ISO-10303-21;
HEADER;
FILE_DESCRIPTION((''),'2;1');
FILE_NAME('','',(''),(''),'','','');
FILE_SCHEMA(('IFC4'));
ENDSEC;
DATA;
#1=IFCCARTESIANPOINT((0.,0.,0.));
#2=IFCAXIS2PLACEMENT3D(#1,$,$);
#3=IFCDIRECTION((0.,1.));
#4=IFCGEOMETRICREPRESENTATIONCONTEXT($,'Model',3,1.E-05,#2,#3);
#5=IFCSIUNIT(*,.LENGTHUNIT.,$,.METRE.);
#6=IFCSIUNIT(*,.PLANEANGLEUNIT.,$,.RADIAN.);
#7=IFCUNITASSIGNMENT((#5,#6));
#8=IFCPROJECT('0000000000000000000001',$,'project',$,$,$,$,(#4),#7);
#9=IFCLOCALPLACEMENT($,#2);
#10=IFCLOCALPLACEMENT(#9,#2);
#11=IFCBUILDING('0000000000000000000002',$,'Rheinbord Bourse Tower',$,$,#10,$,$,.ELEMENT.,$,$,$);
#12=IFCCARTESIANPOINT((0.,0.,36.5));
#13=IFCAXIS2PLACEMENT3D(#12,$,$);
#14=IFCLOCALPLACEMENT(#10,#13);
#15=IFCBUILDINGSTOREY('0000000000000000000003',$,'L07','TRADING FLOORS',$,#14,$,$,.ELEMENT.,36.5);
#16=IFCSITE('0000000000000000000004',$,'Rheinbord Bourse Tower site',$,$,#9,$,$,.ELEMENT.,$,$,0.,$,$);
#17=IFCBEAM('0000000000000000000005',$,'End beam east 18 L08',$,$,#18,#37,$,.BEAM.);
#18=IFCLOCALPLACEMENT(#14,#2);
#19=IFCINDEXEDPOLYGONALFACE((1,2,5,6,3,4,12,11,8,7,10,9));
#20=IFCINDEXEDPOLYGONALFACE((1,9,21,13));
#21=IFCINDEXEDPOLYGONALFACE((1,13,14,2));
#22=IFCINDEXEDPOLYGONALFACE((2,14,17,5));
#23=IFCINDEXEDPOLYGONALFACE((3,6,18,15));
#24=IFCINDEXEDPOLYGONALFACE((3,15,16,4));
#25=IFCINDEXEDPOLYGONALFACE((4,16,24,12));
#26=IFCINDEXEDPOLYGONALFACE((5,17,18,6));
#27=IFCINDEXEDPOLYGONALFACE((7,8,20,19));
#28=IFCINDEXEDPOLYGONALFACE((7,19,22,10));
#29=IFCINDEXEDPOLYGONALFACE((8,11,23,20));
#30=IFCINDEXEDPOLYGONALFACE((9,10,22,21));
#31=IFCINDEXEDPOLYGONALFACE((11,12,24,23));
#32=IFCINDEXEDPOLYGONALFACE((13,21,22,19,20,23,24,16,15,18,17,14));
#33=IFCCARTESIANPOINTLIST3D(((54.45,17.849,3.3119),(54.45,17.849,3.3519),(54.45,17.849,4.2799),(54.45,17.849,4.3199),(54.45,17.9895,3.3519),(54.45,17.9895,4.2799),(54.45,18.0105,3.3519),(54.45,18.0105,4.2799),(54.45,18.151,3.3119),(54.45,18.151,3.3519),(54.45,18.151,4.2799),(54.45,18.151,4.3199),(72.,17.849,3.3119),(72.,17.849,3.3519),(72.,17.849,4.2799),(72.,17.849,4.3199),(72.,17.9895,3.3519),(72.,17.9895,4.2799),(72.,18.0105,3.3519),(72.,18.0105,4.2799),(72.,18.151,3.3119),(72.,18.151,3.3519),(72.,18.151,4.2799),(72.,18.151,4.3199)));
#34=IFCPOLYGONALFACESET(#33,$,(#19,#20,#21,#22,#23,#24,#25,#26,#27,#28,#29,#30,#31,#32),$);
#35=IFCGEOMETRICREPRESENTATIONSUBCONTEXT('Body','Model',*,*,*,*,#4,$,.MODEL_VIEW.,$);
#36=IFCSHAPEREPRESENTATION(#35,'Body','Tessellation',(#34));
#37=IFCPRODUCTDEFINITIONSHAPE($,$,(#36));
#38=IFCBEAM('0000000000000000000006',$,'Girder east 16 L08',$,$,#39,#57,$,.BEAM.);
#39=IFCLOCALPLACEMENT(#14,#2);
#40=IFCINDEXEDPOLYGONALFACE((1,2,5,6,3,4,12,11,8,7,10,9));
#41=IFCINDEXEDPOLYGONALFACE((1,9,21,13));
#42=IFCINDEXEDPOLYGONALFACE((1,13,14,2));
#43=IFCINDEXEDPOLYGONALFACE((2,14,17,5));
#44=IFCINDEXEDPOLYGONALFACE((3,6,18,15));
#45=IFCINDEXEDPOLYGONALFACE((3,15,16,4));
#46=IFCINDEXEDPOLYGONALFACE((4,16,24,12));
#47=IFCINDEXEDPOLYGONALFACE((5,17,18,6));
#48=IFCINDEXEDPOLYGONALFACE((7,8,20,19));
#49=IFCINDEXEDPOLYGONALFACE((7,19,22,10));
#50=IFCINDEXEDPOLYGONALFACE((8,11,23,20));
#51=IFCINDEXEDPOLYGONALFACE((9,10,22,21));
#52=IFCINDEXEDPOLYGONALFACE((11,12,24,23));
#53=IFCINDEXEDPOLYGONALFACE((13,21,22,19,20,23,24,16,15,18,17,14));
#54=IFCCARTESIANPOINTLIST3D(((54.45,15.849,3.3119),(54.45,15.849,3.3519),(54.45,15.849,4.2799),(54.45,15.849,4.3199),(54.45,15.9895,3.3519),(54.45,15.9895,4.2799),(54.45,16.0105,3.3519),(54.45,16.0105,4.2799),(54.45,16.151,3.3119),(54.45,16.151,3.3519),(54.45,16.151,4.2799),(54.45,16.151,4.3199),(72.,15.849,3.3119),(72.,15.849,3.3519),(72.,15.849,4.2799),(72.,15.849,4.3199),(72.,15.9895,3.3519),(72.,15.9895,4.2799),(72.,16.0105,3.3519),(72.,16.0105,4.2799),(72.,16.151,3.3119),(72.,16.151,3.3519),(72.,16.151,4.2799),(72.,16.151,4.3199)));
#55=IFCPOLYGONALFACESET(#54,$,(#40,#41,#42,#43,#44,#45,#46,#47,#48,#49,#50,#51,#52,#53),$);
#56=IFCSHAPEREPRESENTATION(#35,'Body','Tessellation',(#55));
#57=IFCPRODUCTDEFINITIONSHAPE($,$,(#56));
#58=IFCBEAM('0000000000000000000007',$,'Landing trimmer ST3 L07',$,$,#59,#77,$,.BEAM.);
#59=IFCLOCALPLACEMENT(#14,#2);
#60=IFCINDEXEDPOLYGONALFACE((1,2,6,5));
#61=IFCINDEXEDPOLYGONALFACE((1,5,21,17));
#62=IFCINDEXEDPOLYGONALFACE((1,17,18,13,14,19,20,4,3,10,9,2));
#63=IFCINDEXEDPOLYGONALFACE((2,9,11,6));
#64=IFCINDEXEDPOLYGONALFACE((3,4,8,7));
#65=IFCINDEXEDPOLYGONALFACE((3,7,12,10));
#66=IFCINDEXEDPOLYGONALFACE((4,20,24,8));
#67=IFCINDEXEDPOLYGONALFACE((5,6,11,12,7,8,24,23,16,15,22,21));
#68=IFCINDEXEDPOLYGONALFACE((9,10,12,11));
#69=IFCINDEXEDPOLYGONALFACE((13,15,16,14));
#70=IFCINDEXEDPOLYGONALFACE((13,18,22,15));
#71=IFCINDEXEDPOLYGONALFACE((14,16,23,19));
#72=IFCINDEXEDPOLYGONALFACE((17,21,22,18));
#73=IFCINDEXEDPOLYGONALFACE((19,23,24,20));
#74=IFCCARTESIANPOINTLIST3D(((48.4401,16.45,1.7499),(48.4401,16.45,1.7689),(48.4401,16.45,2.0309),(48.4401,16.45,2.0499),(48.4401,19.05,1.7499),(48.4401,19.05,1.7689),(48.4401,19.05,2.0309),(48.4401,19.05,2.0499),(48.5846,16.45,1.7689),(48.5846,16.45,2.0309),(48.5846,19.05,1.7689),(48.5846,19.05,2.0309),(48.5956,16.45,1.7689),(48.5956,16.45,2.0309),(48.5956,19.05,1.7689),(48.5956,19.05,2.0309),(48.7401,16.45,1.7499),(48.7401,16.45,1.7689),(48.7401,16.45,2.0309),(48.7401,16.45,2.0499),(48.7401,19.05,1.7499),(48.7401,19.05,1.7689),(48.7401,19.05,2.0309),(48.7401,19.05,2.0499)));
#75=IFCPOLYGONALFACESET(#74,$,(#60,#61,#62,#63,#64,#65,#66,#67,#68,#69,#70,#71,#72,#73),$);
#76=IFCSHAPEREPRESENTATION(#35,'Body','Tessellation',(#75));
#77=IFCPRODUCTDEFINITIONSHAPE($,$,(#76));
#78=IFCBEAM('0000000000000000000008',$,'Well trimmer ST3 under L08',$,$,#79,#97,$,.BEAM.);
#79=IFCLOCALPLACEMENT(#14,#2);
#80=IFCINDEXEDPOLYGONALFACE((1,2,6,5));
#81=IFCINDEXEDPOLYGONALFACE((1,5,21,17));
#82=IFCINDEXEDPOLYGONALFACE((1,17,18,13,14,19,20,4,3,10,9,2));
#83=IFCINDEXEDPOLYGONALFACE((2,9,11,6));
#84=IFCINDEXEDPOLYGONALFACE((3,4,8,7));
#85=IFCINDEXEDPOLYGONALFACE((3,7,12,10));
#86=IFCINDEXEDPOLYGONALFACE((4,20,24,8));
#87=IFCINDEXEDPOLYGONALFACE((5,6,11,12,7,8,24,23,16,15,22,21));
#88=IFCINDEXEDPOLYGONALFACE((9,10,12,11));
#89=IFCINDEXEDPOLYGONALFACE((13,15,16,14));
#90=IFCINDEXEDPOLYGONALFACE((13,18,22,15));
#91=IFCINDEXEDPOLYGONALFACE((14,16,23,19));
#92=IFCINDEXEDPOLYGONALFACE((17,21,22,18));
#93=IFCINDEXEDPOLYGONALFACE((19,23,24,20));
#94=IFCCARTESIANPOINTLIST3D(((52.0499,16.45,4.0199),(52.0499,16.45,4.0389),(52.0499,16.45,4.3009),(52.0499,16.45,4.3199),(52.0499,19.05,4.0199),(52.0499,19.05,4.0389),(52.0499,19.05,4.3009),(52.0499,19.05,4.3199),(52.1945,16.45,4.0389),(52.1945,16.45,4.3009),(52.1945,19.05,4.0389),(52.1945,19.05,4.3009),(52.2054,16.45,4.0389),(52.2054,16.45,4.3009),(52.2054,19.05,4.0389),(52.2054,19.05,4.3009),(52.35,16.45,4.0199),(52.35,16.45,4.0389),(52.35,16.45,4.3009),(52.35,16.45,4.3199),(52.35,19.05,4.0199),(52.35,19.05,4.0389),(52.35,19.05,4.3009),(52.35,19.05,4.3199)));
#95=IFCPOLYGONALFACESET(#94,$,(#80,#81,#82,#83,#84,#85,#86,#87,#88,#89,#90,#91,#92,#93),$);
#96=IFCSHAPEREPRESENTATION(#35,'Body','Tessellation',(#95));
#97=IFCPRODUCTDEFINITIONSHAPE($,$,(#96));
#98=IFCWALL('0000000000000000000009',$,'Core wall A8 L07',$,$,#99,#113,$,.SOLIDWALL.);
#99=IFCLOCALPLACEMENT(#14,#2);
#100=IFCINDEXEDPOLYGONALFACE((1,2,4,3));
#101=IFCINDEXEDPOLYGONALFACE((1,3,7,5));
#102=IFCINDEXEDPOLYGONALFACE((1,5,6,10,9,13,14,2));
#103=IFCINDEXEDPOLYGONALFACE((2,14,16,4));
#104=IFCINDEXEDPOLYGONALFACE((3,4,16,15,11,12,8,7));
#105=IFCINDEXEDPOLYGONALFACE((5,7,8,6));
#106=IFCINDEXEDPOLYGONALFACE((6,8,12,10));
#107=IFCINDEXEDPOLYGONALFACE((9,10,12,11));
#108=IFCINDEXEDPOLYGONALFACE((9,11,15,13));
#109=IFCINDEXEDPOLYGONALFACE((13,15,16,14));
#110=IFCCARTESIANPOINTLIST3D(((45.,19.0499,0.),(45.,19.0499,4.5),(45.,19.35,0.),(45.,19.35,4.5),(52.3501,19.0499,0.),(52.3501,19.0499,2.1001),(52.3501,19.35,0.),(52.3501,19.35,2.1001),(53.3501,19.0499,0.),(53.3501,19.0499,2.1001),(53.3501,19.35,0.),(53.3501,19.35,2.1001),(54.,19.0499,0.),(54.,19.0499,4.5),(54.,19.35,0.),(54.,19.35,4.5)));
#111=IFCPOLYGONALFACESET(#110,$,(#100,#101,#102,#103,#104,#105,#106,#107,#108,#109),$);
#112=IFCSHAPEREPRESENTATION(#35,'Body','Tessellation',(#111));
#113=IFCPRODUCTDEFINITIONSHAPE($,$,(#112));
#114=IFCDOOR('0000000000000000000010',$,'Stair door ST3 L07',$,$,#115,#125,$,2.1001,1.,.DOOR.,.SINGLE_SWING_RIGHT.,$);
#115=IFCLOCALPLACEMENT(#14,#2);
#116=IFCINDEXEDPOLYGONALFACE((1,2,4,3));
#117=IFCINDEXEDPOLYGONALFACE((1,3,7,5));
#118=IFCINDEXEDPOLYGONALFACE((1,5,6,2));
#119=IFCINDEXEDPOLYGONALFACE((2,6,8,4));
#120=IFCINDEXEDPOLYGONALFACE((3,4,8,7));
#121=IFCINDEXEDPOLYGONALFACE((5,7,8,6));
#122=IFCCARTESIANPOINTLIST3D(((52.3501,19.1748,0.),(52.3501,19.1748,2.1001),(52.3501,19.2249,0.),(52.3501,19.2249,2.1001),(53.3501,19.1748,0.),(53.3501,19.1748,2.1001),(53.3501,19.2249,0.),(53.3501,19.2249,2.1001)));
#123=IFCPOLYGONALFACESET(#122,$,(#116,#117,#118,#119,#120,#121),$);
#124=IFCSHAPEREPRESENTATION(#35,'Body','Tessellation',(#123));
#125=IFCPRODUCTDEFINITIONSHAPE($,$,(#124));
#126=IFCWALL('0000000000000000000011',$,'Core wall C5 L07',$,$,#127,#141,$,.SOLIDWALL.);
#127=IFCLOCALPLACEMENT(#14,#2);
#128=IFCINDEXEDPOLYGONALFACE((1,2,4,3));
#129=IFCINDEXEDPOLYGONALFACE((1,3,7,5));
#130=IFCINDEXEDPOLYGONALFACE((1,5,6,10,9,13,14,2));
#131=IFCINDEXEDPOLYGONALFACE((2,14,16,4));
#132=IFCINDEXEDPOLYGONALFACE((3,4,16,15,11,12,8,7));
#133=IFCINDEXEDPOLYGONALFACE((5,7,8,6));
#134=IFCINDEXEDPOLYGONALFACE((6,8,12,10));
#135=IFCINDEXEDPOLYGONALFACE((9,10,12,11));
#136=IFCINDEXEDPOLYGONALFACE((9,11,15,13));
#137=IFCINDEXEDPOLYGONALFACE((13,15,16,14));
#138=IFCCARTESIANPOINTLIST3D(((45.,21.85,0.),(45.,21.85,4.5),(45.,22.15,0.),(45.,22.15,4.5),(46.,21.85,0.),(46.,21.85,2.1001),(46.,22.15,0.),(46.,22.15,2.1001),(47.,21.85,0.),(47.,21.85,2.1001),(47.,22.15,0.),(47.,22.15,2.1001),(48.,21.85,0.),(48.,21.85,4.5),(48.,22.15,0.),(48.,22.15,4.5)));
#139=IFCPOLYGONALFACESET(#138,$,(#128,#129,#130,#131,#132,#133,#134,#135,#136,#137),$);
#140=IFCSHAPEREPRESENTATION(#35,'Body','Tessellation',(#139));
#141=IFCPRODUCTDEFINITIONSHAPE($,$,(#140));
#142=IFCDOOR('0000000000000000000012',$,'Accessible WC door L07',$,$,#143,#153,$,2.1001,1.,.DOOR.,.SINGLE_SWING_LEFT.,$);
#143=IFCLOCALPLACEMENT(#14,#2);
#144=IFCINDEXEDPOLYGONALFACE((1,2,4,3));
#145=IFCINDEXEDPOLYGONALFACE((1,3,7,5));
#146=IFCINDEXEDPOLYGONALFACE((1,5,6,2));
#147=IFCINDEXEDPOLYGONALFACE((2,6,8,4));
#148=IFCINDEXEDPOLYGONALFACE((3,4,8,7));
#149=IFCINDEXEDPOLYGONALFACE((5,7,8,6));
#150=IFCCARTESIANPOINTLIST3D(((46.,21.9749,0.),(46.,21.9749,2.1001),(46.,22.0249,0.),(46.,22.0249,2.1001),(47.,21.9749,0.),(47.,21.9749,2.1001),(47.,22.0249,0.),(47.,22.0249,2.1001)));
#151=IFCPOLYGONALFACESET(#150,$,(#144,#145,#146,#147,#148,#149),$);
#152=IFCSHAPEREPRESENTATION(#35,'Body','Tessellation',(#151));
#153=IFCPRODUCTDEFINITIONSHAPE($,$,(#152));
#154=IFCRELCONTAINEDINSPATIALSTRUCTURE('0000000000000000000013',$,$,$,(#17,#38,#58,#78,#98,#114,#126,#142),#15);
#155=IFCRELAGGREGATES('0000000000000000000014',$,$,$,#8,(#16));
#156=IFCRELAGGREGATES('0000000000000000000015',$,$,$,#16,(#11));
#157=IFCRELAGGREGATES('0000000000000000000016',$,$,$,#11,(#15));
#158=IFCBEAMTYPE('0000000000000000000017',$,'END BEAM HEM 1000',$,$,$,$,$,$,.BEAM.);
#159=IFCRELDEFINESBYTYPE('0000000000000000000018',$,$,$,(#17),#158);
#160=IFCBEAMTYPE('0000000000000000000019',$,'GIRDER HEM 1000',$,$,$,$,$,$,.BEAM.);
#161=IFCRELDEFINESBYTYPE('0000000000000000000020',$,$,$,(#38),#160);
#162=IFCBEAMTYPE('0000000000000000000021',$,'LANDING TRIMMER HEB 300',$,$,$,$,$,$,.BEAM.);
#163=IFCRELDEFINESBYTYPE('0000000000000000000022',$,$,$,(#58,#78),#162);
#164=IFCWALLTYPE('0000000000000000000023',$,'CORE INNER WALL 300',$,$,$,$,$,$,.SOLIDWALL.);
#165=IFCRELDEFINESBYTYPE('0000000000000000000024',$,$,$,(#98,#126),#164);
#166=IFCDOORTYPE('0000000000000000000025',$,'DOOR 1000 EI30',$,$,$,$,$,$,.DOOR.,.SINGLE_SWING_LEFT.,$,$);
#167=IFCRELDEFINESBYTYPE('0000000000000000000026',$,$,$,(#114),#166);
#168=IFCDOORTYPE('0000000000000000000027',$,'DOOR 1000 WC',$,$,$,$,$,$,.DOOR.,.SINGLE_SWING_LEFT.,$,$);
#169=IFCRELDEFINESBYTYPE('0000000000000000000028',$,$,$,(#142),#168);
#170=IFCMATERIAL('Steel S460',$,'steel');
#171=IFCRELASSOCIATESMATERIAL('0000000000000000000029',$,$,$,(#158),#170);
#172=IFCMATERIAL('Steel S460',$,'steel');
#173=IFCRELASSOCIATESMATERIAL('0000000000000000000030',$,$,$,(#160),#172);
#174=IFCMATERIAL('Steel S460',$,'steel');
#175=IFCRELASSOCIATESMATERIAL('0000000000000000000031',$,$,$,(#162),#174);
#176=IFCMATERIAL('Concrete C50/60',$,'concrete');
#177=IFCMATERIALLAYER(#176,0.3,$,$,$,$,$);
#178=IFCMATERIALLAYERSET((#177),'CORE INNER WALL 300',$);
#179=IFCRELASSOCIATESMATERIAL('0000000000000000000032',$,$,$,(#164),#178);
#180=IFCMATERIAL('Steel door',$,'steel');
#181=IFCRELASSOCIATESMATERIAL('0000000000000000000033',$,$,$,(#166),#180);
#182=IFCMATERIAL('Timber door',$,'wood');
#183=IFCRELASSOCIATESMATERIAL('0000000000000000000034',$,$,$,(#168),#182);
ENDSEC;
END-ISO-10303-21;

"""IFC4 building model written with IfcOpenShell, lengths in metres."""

from ifc_helpers import new_model, si_unit, direction, frame, frame_2d, origin, origin_2d, place, context, subcontext, project, spatial, rectangle, i_section, extrude, material, layer, layer_set, material_profile, profile_set, type_object, element, fill, save


model = new_model("IFC4")

# Units and contexts
model_context = context("Model", 3, precision=1e-05, world=origin(), true_north=direction((0.0, 1.0)))
body_context = subcontext(model_context, "Body", "Model", "MODEL_VIEW")
ifc_project = project(units=[si_unit("LENGTHUNIT", "METRE"), si_unit("PLANEANGLEUNIT", "RADIAN")], contexts=[model_context])

# Site, building, storey
site_placement = place(None, origin())
site = spatial("IfcSite", under=ifc_project, at=site_placement, Name="Rheinbord Bourse Tower site", CompositionType="ELEMENT", RefElevation=0.0)
building_placement = place(site_placement, origin())
building = spatial("IfcBuilding", under=site, at=building_placement, Name="Rheinbord Bourse Tower", CompositionType="ELEMENT")
storey_placement = place(building_placement, frame((0.0, 0.0, 36.5)))
storey = spatial("IfcBuildingStorey", under=building, at=storey_placement, Name="L07", Description="TRADING FLOORS", CompositionType="ELEMENT", Elevation=36.5)

# Beams
ifc_material_1 = material(Name="Steel S460", Category="steel")
ifc_material_profile_1 = material_profile(ifc_material_1, i_section(OverallWidth=0.302, OverallDepth=1.0081, WebThickness=0.021, FlangeThickness=0.04, at=origin_2d()), Name="HEM 1000")
ifc_profile_set_1 = profile_set([ifc_material_profile_1], Name="Steel S460")
beam_type_1 = type_object("IfcBeamType", Name="END BEAM HEM 1000", PredefinedType="BEAM", material=ifc_profile_set_1)
beam_1_placement = place(storey_placement, frame((54.45, 18.0, 3.8159), z_axis=(1.0, 0.0, 0.0), x_axis=(0.0, 1.0, 0.0)))
element("IfcBeam", 1, at=beam_1_placement, inside=storey, type_object=beam_type_1, Name="End beam east 18 L08", PredefinedType="BEAM", context=body_context, shape_type="SweptSolid", body=[
    extrude(i_section(OverallWidth=0.302, OverallDepth=1.0081, WebThickness=0.021, FlangeThickness=0.04, at=origin_2d()), origin(), (0.0, 0.0, 1.0), 17.55),
])
ifc_material_2 = material(Name="Steel S460", Category="steel")
ifc_material_profile_2 = material_profile(ifc_material_2, i_section(OverallWidth=0.302, OverallDepth=1.0081, WebThickness=0.021, FlangeThickness=0.04, at=origin_2d()), Name="HEM 1000")
ifc_profile_set_2 = profile_set([ifc_material_profile_2], Name="Steel S460")
beam_type_2 = type_object("IfcBeamType", Name="GIRDER HEM 1000", PredefinedType="BEAM", material=ifc_profile_set_2)
beam_2_placement = place(storey_placement, frame((54.45, 16.0, 3.8159), z_axis=(1.0, 0.0, 0.0), x_axis=(0.0, 1.0, 0.0)))
element("IfcBeam", 2, at=beam_2_placement, inside=storey, type_object=beam_type_2, Name="Girder east 16 L08", PredefinedType="BEAM", context=body_context, shape_type="SweptSolid", body=[
    extrude(i_section(OverallWidth=0.302, OverallDepth=1.0081, WebThickness=0.021, FlangeThickness=0.04, at=origin_2d()), origin(), (0.0, 0.0, 1.0), 17.55),
])
ifc_material_3 = material(Name="Steel S460", Category="steel")
ifc_material_profile_3 = material_profile(ifc_material_3, i_section(OverallWidth=0.3, OverallDepth=0.3, WebThickness=0.011, FlangeThickness=0.019, at=origin_2d()), Name="HEB 300")
ifc_profile_set_3 = profile_set([ifc_material_profile_3], Name="Steel S460")
beam_type_3 = type_object("IfcBeamType", Name="LANDING TRIMMER HEB 300", PredefinedType="BEAM", material=ifc_profile_set_3)
for number, where, z_axis, x_axis, name in (
    (3, (48.5901, 16.45, 1.8999), (0.0, 1.0, 0.0), (-1.0, 0.0, 0.0), "Landing trimmer ST3 L07"),
    (4, (52.2, 16.45, 4.1699), (0.0, 1.0, 0.0), (-1.0, 0.0, 0.0), "Well trimmer ST3 under L08"),
):
    element("IfcBeam", number, at=place(storey_placement, frame(where, z_axis=z_axis, x_axis=x_axis)), inside=storey, type_object=beam_type_3, Name=name, PredefinedType="BEAM", context=body_context, shape_type="SweptSolid", body=[
        extrude(i_section(OverallWidth=0.3, OverallDepth=0.3, WebThickness=0.011, FlangeThickness=0.019, at=origin_2d()), origin(), (0.0, 0.0, 1.0), 2.6001),
    ])

# Walls, openings, doors
ifc_material_4 = material(Name="Concrete C50/60", Category="concrete")
ifc_layer_1 = layer(ifc_material_4, 0.3)
ifc_layer_set_1 = layer_set([ifc_layer_1], Name="CORE INNER WALL 300")
wall_type_1 = type_object("IfcWallType", Name="CORE INNER WALL 300", PredefinedType="SOLIDWALL", material=ifc_layer_set_1)
wall_1_placement = place(storey_placement, frame((45.0, 19.2, 0.0), z_axis=(0.0, 0.0, 1.0), x_axis=(1.0, 0.0, 0.0)))
wall_1 = element("IfcWall", 5, at=wall_1_placement, inside=storey, type_object=wall_type_1, Name="Core wall A8 L07", PredefinedType="SOLIDWALL", context=body_context, shape_type="SweptSolid", body=[
    extrude(rectangle(XDim=9.0, YDim=0.3, at=frame_2d((4.5, 0.0))), origin(), (0.0, 0.0, 1.0), 4.5),
])
opening_1_placement = place(wall_1_placement, frame((7.3501, 0.0, 0.0)))
opening_1 = element("IfcOpeningElement", 6, at=opening_1_placement, cuts=wall_1, PredefinedType="OPENING", context=body_context, shape_type="SweptSolid", body=[
    extrude(rectangle(XDim=1.0, YDim=2.1001, at=frame_2d((0.5, 1.05))), frame((0.0, 0.1599, 0.0), z_axis=(0.0, -1.0, 0.0), x_axis=(1.0, 0.0, 0.0)), (0.0, 0.0, 1.0), 0.3201),
])
ifc_material_5 = material(Name="Steel door", Category="steel")
door_type_1 = type_object("IfcDoorType", Name="DOOR 1000 EI30", OperationType="SINGLE_SWING_LEFT", PredefinedType="DOOR", material=ifc_material_5)
door_1_placement = place(opening_1_placement, origin())
door_1 = element("IfcDoor", 7, at=door_1_placement, inside=storey, type_object=door_type_1, Name="Stair door ST3 L07", OperationType="SINGLE_SWING_RIGHT", OverallHeight=2.1001, OverallWidth=1.0, PredefinedType="DOOR", context=body_context, shape_type="SweptSolid", body=[
    extrude(rectangle(XDim=1.0, YDim=2.1001, at=frame_2d((0.5, 1.05))), frame((0.0, 0.0249, 0.0), z_axis=(0.0, -1.0, 0.0), x_axis=(1.0, 0.0, 0.0)), (0.0, 0.0, 1.0), 0.05),
])
fill(opening_1, door_1)
wall_2_placement = place(storey_placement, frame((45.0, 22.0, 0.0), z_axis=(0.0, 0.0, 1.0), x_axis=(1.0, 0.0, 0.0)))
wall_2 = element("IfcWall", 8, at=wall_2_placement, inside=storey, type_object=wall_type_1, Name="Core wall C5 L07", PredefinedType="SOLIDWALL", context=body_context, shape_type="SweptSolid", body=[
    extrude(rectangle(XDim=3.0, YDim=0.3, at=frame_2d((1.5, 0.0))), origin(), (0.0, 0.0, 1.0), 4.5),
])
opening_2_placement = place(wall_2_placement, frame((1.0, 0.0, 0.0)))
opening_2 = element("IfcOpeningElement", 9, at=opening_2_placement, cuts=wall_2, PredefinedType="OPENING", context=body_context, shape_type="SweptSolid", body=[
    extrude(rectangle(XDim=1.0, YDim=2.1001, at=frame_2d((0.5, 1.05))), frame((0.0, 0.1599, 0.0), z_axis=(0.0, -1.0, 0.0), x_axis=(1.0, 0.0, 0.0)), (0.0, 0.0, 1.0), 0.3201),
])
ifc_material_6 = material(Name="Timber door", Category="wood")
door_type_2 = type_object("IfcDoorType", Name="DOOR 1000 WC", OperationType="SINGLE_SWING_LEFT", PredefinedType="DOOR", material=ifc_material_6)
door_2_placement = place(opening_2_placement, origin())
door_2 = element("IfcDoor", 10, at=door_2_placement, inside=storey, type_object=door_type_2, Name="Accessible WC door L07", OperationType="SINGLE_SWING_LEFT", OverallHeight=2.1001, OverallWidth=1.0, PredefinedType="DOOR", context=body_context, shape_type="SweptSolid", body=[
    extrude(rectangle(XDim=1.0, YDim=2.1001, at=frame_2d((0.5, 1.05))), frame((0.0, 0.0249, 0.0), z_axis=(0.0, -1.0, 0.0), x_axis=(1.0, 0.0, 0.0)), (0.0, 0.0, 1.0), 0.05),
])
fill(opening_2, door_2)

save(model, "model.ifc")
